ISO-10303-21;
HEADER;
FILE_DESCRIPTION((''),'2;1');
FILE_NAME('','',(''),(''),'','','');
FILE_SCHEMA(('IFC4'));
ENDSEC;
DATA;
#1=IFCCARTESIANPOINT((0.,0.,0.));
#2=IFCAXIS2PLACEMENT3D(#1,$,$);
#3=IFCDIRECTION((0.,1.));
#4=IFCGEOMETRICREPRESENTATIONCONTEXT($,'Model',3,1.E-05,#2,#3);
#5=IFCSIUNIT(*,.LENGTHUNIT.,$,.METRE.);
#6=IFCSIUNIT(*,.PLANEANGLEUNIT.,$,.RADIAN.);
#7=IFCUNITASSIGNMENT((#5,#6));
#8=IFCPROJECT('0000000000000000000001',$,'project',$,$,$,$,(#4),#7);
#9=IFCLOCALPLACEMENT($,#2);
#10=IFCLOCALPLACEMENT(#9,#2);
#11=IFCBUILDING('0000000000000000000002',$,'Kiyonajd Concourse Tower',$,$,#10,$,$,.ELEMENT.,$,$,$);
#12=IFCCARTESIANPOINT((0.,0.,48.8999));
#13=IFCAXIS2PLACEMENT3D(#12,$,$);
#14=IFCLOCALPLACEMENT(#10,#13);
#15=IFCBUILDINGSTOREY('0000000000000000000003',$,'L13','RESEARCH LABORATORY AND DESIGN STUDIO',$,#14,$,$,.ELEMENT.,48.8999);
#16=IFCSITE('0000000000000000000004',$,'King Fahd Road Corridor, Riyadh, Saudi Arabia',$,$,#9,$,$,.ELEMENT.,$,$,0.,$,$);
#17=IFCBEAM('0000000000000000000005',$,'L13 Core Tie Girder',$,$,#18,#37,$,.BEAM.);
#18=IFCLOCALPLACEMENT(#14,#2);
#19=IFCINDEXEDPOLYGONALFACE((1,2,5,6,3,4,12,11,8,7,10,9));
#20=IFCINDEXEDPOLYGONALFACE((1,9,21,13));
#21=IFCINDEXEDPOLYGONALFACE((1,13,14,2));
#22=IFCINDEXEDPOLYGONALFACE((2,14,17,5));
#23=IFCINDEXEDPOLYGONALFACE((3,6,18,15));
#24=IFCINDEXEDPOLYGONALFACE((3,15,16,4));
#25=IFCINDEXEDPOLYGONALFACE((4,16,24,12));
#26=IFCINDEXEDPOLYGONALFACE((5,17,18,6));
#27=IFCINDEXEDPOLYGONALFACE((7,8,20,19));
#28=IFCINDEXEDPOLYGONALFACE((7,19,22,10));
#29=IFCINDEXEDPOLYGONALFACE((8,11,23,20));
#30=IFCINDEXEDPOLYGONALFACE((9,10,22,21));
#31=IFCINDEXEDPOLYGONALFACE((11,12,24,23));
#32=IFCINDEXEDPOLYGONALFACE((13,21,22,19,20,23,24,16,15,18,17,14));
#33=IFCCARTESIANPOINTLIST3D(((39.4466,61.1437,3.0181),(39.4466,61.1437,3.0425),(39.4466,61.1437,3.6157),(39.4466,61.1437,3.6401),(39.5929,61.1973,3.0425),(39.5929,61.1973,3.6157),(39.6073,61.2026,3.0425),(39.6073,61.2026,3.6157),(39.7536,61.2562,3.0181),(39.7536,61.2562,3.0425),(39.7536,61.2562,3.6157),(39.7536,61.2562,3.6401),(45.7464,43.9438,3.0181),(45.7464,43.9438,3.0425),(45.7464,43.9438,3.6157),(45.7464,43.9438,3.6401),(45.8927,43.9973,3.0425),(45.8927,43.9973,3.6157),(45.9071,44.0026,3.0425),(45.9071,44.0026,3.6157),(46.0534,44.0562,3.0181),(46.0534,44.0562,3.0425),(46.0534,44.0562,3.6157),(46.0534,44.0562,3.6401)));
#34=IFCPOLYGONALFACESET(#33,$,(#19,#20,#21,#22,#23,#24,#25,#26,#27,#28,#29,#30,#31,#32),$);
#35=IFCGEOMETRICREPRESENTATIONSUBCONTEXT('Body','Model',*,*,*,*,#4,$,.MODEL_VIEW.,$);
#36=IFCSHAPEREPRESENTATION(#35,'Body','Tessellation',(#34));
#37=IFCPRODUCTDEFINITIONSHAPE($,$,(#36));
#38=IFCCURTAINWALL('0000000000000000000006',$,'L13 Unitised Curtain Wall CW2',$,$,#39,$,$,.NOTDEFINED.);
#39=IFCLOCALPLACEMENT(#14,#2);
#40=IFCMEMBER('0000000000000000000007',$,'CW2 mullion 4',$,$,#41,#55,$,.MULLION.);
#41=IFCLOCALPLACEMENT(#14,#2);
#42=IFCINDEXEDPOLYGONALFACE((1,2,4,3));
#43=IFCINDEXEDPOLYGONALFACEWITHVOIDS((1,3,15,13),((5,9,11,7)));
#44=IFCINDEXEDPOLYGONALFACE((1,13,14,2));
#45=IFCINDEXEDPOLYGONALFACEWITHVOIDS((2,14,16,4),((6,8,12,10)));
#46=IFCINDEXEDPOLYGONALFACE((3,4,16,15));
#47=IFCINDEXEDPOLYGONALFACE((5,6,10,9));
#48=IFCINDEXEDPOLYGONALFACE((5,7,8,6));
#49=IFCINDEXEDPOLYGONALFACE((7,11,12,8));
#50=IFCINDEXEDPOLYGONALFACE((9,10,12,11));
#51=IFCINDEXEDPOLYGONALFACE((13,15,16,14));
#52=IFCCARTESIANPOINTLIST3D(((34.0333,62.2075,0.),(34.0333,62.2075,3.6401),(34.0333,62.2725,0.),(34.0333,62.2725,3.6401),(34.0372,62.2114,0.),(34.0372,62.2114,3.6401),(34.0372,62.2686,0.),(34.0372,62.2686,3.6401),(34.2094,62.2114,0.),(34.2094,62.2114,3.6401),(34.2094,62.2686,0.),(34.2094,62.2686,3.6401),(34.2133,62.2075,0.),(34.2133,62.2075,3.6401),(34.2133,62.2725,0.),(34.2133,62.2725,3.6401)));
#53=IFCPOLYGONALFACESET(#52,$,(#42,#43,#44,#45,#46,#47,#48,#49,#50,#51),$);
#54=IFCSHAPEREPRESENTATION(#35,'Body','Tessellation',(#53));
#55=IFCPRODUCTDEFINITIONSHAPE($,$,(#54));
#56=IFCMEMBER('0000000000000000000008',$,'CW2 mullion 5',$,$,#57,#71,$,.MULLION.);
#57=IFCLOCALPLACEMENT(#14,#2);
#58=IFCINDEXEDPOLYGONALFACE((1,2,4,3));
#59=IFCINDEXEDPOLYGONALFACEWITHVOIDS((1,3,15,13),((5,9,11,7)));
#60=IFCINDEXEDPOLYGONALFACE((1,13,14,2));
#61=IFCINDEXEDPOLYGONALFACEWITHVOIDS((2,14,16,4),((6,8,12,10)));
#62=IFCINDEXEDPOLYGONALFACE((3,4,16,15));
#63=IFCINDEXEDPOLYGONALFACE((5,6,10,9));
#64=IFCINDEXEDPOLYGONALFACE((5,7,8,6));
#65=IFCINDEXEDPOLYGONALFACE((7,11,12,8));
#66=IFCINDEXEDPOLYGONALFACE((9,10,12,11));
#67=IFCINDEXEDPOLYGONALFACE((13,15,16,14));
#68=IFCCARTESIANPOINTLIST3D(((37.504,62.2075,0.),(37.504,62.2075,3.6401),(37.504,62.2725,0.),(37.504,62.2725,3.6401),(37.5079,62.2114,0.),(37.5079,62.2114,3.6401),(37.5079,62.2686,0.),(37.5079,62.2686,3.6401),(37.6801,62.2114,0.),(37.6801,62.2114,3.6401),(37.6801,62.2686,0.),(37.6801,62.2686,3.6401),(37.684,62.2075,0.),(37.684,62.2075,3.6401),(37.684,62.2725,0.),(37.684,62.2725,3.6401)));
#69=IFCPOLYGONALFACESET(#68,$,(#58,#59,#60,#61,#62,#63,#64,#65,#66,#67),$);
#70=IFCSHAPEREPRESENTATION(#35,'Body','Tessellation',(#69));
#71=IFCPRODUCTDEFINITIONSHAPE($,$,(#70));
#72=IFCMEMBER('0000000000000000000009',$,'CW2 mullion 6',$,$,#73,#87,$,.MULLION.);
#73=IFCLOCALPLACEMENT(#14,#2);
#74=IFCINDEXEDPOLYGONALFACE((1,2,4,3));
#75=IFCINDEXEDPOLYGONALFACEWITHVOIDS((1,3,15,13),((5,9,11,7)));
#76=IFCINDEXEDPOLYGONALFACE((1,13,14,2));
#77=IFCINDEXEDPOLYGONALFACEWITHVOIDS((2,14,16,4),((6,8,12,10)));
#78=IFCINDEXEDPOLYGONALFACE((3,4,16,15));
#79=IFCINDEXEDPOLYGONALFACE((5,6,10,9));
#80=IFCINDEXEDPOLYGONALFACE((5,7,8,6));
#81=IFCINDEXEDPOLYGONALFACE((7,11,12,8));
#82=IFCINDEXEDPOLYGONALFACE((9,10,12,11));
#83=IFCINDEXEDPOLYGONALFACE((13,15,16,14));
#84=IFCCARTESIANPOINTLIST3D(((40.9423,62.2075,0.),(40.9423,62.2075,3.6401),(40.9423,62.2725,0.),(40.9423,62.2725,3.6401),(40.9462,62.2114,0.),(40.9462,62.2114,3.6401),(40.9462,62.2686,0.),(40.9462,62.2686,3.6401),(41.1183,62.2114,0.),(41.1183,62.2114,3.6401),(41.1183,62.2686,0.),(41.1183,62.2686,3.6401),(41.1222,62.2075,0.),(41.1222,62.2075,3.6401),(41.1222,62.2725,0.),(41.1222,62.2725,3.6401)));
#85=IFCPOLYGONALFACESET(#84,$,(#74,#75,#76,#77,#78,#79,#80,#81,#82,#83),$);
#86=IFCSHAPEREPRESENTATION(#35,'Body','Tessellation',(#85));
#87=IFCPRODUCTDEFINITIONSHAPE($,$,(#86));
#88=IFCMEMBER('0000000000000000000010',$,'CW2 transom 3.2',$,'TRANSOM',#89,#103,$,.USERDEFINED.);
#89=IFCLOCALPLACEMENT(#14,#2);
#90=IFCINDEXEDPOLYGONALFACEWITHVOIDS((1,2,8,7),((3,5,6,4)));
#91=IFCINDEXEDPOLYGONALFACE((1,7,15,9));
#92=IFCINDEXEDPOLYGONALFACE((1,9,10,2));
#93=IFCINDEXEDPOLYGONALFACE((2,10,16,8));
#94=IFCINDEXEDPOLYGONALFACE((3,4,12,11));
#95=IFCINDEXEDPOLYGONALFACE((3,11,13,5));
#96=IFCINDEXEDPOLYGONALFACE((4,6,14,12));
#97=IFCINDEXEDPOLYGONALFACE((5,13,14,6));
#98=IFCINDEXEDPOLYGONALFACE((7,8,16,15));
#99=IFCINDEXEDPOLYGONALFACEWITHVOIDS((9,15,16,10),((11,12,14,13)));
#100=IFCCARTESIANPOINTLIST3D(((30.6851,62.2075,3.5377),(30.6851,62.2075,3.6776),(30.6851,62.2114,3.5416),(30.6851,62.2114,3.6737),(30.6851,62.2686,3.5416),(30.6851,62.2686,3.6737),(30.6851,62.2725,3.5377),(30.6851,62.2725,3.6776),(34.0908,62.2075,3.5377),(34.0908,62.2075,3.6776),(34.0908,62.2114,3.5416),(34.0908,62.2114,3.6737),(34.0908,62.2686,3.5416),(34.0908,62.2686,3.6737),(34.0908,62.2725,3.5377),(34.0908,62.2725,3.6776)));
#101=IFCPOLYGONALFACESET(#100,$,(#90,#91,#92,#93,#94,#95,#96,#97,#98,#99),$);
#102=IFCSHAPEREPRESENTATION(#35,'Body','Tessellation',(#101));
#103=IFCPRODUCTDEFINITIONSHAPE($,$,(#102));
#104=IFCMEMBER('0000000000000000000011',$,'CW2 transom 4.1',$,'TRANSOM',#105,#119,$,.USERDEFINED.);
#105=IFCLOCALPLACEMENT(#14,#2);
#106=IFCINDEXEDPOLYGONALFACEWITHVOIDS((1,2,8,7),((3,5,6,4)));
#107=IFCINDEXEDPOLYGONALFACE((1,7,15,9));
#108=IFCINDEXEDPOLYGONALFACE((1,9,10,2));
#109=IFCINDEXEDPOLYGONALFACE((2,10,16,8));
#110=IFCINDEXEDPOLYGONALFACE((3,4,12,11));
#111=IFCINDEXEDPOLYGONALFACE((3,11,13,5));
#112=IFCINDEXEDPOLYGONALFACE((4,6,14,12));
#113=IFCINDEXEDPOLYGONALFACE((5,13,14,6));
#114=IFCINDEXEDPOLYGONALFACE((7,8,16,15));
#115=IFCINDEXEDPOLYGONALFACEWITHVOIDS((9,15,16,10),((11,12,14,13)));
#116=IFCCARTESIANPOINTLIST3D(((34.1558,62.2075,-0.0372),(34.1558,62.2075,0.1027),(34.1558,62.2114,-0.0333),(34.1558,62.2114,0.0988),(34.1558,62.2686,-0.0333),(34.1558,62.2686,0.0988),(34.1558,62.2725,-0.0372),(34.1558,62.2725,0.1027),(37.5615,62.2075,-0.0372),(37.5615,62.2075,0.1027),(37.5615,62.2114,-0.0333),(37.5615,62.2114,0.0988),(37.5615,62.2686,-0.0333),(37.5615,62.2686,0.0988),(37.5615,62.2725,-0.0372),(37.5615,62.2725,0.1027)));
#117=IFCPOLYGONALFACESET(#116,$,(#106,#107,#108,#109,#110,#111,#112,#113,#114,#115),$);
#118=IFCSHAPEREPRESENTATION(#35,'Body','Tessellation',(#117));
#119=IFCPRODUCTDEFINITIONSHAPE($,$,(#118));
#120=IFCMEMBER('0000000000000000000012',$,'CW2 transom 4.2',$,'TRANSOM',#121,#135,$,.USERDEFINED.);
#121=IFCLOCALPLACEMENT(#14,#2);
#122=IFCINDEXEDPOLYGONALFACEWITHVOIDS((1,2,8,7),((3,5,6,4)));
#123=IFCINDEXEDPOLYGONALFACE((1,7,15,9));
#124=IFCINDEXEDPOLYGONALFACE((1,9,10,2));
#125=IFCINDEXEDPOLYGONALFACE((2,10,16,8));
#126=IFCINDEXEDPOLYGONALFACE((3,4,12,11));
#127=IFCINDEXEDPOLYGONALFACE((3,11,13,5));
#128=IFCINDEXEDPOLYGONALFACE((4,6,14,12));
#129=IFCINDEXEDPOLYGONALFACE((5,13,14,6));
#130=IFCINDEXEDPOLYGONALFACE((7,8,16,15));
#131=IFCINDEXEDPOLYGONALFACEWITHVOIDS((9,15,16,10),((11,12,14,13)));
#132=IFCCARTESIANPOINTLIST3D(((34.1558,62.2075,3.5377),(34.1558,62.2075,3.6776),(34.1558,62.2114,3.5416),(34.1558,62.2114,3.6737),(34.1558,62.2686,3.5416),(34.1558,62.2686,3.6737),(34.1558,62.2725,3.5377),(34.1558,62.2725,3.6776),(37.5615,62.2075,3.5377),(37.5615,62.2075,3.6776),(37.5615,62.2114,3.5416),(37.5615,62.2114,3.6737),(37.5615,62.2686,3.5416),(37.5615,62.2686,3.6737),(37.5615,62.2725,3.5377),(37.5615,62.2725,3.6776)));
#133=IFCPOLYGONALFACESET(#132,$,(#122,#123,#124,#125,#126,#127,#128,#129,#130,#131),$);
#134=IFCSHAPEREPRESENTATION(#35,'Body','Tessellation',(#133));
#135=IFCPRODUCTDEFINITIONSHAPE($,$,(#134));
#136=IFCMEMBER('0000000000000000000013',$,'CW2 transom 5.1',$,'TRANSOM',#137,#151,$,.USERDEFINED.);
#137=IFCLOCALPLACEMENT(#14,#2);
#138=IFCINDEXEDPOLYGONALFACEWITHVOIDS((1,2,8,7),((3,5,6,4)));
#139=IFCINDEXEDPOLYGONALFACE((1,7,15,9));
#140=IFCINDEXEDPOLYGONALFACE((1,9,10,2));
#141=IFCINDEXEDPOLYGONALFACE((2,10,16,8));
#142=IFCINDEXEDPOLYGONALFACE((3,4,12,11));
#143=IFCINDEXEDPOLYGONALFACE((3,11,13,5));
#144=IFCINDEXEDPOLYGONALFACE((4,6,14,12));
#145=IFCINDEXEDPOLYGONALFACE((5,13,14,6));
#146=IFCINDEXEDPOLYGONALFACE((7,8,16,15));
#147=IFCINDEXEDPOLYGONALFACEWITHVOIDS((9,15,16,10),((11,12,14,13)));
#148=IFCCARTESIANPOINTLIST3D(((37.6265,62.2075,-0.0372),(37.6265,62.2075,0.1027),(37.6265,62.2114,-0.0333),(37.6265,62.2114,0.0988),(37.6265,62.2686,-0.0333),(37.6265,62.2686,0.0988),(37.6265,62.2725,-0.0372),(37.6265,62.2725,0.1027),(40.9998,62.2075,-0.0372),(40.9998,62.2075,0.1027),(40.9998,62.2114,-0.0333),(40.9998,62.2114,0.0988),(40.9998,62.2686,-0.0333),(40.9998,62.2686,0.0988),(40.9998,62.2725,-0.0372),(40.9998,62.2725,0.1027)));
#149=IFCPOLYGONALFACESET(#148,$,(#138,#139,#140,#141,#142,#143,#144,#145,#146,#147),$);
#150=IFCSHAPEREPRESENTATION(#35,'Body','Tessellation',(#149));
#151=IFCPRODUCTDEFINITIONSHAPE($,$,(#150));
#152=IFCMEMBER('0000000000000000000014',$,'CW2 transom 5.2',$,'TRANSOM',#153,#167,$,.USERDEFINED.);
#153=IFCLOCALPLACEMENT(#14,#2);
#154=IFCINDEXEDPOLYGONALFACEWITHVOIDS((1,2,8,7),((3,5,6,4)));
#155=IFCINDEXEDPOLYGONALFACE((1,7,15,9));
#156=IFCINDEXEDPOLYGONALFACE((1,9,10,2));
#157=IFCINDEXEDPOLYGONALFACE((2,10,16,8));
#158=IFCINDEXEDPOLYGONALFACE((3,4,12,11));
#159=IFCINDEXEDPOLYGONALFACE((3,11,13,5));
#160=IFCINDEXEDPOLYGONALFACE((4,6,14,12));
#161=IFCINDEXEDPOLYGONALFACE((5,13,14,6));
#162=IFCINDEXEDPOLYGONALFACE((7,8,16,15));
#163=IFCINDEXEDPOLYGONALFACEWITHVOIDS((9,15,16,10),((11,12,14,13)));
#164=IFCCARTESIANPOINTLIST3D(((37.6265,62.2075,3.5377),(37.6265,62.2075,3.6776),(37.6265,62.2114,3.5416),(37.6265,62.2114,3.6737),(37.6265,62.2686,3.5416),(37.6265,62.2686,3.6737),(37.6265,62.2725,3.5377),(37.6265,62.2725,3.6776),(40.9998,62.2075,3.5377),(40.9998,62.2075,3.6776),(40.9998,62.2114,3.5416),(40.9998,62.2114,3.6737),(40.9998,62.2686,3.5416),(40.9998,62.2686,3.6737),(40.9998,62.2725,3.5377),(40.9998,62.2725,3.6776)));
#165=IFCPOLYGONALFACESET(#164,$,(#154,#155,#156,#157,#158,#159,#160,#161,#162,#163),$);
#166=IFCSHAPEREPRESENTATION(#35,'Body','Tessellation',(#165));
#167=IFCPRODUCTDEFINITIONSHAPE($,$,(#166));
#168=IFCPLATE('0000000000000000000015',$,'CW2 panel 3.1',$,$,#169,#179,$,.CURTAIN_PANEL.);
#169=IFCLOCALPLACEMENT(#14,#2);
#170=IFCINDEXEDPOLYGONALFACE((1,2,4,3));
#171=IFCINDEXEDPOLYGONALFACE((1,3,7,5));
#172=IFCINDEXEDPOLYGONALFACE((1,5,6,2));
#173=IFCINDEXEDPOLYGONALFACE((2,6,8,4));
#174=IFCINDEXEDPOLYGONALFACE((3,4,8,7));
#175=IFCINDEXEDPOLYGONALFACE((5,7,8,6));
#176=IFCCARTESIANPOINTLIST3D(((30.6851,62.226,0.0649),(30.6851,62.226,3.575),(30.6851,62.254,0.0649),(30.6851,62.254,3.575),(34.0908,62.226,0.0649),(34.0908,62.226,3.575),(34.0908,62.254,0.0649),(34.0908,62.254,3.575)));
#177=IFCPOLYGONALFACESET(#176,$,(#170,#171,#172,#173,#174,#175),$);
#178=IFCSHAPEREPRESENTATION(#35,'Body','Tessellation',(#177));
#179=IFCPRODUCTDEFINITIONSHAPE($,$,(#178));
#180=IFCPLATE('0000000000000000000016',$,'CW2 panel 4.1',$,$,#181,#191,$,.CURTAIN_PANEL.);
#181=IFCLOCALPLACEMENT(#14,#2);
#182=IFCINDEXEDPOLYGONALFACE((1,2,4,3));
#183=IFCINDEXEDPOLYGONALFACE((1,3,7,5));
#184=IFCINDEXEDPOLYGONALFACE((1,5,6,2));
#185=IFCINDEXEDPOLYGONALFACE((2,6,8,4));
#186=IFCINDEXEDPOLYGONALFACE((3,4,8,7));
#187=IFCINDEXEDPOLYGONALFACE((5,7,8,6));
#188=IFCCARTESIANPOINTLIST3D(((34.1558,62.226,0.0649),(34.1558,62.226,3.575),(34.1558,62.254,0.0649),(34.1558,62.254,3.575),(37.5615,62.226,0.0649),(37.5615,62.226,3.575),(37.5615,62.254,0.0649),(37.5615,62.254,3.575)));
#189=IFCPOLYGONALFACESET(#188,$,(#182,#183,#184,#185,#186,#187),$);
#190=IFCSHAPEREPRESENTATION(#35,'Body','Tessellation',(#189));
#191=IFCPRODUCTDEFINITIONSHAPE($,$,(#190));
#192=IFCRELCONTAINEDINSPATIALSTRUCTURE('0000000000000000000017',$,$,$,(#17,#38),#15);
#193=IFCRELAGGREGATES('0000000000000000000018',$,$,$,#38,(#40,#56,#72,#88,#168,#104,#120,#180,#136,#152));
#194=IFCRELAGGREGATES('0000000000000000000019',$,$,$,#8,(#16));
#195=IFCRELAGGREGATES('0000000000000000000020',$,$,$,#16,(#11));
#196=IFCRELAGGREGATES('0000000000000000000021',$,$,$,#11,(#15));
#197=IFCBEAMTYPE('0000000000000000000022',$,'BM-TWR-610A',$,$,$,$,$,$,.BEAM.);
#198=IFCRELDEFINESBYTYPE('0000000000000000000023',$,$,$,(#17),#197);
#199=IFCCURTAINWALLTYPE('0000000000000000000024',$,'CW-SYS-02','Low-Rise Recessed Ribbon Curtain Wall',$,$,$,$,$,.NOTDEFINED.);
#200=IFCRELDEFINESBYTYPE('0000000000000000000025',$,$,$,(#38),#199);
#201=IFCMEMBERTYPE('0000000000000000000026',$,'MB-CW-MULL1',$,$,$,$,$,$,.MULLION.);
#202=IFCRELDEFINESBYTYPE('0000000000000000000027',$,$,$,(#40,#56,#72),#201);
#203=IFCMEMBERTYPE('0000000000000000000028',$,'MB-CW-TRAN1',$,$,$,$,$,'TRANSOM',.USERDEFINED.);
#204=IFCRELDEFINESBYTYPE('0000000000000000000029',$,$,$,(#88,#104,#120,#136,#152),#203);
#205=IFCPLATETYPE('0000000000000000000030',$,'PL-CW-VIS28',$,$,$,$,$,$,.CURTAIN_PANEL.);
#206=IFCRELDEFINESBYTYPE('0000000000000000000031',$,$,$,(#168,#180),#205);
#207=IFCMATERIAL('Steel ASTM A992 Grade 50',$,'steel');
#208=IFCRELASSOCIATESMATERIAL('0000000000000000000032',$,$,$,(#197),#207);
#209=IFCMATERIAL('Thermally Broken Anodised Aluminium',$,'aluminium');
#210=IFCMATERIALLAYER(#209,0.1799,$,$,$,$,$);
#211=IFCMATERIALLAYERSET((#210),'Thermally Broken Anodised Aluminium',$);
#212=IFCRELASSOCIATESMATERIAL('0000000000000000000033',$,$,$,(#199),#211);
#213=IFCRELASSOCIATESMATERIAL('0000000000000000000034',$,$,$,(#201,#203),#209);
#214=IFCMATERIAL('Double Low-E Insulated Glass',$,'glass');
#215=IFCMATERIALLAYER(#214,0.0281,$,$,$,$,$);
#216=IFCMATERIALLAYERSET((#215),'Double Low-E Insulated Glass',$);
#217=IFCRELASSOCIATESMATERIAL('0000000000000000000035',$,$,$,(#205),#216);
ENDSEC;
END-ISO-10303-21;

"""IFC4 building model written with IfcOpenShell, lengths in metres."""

from ifc_helpers import new_model, si_unit, direction, frame, origin, origin_2d, place, context, subcontext, project, spatial, rectangle, hollow_rectangle, i_section, extrude, material, layer, layer_set, material_profile, profile_set, type_object, element, aggregate, save


model = new_model("IFC4")

# Units and contexts
model_context = context("Model", 3, precision=1e-05, world=origin(), true_north=direction((0.0, 1.0)))
body_context = subcontext(model_context, "Body", "Model", "MODEL_VIEW")
ifc_project = project(units=[si_unit("LENGTHUNIT", "METRE"), si_unit("PLANEANGLEUNIT", "RADIAN")], contexts=[model_context])

# Site, building, storey
site_placement = place(None, origin())
site = spatial("IfcSite", under=ifc_project, at=site_placement, Name="King Fahd Road Corridor, Riyadh, Saudi Arabia", CompositionType="ELEMENT", RefElevation=0.0)
building_placement = place(site_placement, origin())
building = spatial("IfcBuilding", under=site, at=building_placement, Name="Kiyonajd Concourse Tower", CompositionType="ELEMENT")
storey_placement = place(building_placement, frame((0.0, 0.0, 48.8999)))
storey = spatial("IfcBuildingStorey", under=building, at=storey_placement, Name="L13", Description="RESEARCH LABORATORY AND DESIGN STUDIO", CompositionType="ELEMENT", Elevation=48.8999)

# Beam
ifc_material_1 = material(Name="Steel ASTM A992 Grade 50", Category="steel")
ifc_material_profile_1 = material_profile(ifc_material_1, i_section(OverallWidth=0.3269, OverallDepth=0.6221, WebThickness=0.0154, FlangeThickness=0.0244, at=origin_2d()), Name="W610X195")
ifc_profile_set_1 = profile_set([ifc_material_profile_1], Name="Steel ASTM A992 Grade 50")
beam_type_1 = type_object("IfcBeamType", Name="BM-TWR-610A", PredefinedType="BEAM", material=ifc_profile_set_1)
beam_1_placement = place(storey_placement, frame((39.6001, 61.2, 3.3291), z_axis=(0.343925, -0.938997, 0.0), x_axis=(0.938997, 0.343925, 0.0)))
element("IfcBeam", 1, at=beam_1_placement, inside=storey, type_object=beam_type_1, Name="L13 Core Tie Girder", PredefinedType="BEAM", context=body_context, shape_type="SweptSolid", body=[
    extrude(i_section(OverallWidth=0.3269, OverallDepth=0.6221, WebThickness=0.0154, FlangeThickness=0.0244, at=origin_2d()), origin(), (0.0, 0.0, 1.0), 18.3174),
])

# Curtain wall, members, plates
ifc_material_2 = material(Name="Thermally Broken Anodised Aluminium", Category="aluminium")
ifc_layer_1 = layer(ifc_material_2, 0.1799)
ifc_layer_set_1 = layer_set([ifc_layer_1], Name="Thermally Broken Anodised Aluminium")
curtain_wall_type = type_object("IfcCurtainWallType", Name="CW-SYS-02", Description="Low-Rise Recessed Ribbon Curtain Wall", PredefinedType="NOTDEFINED", material=ifc_layer_set_1)
curtain_wall_placement = place(storey_placement, origin())
curtain_wall = element("IfcCurtainWall", 2, at=curtain_wall_placement, inside=storey, type_object=curtain_wall_type, Name="L13 Unitised Curtain Wall CW2", PredefinedType="NOTDEFINED")
ifc_material_profile_2 = material_profile(ifc_material_2, hollow_rectangle(XDim=0.0649, YDim=0.1799, WallThickness=0.0039, at=origin_2d()), Name="MULL-65x180")
ifc_profile_set_2 = profile_set([ifc_material_profile_2], Name="Thermally Broken Anodised Aluminium")
member_type_1 = type_object("IfcMemberType", Name="MB-CW-MULL1", PredefinedType="MULLION", material=ifc_profile_set_2)
member_1_placement = place(storey_placement, frame((34.1233, 62.24, 0.0), z_axis=(0.0, 0.0, 1.0), x_axis=(0.0, 1.0, 0.0)))
member_1 = element("IfcMember", 3, at=member_1_placement, type_object=member_type_1, Name="CW2 mullion 4", PredefinedType="MULLION", context=body_context, shape_type="SweptSolid", body=[
    extrude(hollow_rectangle(XDim=0.0649, YDim=0.1799, WallThickness=0.0039, at=origin_2d()), origin(), (0.0, 0.0, 1.0), 3.6401),
])
member_2_placement = place(storey_placement, frame((37.594, 62.24, 0.0), z_axis=(0.0, 0.0, 1.0), x_axis=(0.0, 1.0, 0.0)))
member_2 = element("IfcMember", 4, at=member_2_placement, type_object=member_type_1, Name="CW2 mullion 5", PredefinedType="MULLION", context=body_context, shape_type="SweptSolid", body=[
    extrude(hollow_rectangle(XDim=0.0649, YDim=0.1799, WallThickness=0.0039, at=origin_2d()), origin(), (0.0, 0.0, 1.0), 3.6401),
])
member_3_placement = place(storey_placement, frame((41.0322, 62.24, 0.0), z_axis=(0.0, 0.0, 1.0), x_axis=(0.0, 1.0, 0.0)))
member_3 = element("IfcMember", 5, at=member_3_placement, type_object=member_type_1, Name="CW2 mullion 6", PredefinedType="MULLION", context=body_context, shape_type="SweptSolid", body=[
    extrude(hollow_rectangle(XDim=0.0649, YDim=0.1799, WallThickness=0.0039, at=origin_2d()), origin(), (0.0, 0.0, 1.0), 3.6401),
])
ifc_material_profile_3 = material_profile(ifc_material_2, hollow_rectangle(XDim=0.0649, YDim=0.1399, WallThickness=0.0039, at=origin_2d()), Name="TRAN-65x140")
ifc_profile_set_3 = profile_set([ifc_material_profile_3], Name="Thermally Broken Anodised Aluminium")
member_type_2 = type_object("IfcMemberType", Name="MB-CW-TRAN1", ElementType="TRANSOM", PredefinedType="USERDEFINED", material=ifc_profile_set_3)
member_4_placement = place(storey_placement, frame((30.6851, 62.24, 3.6077), z_axis=(1.0, 0.0, 0.0), x_axis=(0.0, 1.0, 0.0)))
member_4 = element("IfcMember", 6, at=member_4_placement, type_object=member_type_2, Name="CW2 transom 3.2", ObjectType="TRANSOM", PredefinedType="USERDEFINED", context=body_context, shape_type="SweptSolid", body=[
    extrude(hollow_rectangle(XDim=0.0649, YDim=0.1399, WallThickness=0.0039, at=origin_2d()), origin(), (0.0, 0.0, 1.0), 3.4058),
])
member_5_placement = place(storey_placement, frame((34.1558, 62.24, 0.0327), z_axis=(1.0, 0.0, 0.0), x_axis=(0.0, 1.0, 0.0)))
member_5 = element("IfcMember", 7, at=member_5_placement, type_object=member_type_2, Name="CW2 transom 4.1", ObjectType="TRANSOM", PredefinedType="USERDEFINED", context=body_context, shape_type="SweptSolid", body=[
    extrude(hollow_rectangle(XDim=0.0649, YDim=0.1399, WallThickness=0.0039, at=origin_2d()), origin(), (0.0, 0.0, 1.0), 3.4058),
])
member_6_placement = place(storey_placement, frame((34.1558, 62.24, 3.6077), z_axis=(1.0, 0.0, 0.0), x_axis=(0.0, 1.0, 0.0)))
member_6 = element("IfcMember", 8, at=member_6_placement, type_object=member_type_2, Name="CW2 transom 4.2", ObjectType="TRANSOM", PredefinedType="USERDEFINED", context=body_context, shape_type="SweptSolid", body=[
    extrude(hollow_rectangle(XDim=0.0649, YDim=0.1399, WallThickness=0.0039, at=origin_2d()), origin(), (0.0, 0.0, 1.0), 3.4058),
])
member_7_placement = place(storey_placement, frame((37.6265, 62.24, 0.0327), z_axis=(1.0, 0.0, 0.0), x_axis=(0.0, 1.0, 0.0)))
member_7 = element("IfcMember", 9, at=member_7_placement, type_object=member_type_2, Name="CW2 transom 5.1", ObjectType="TRANSOM", PredefinedType="USERDEFINED", context=body_context, shape_type="SweptSolid", body=[
    extrude(hollow_rectangle(XDim=0.0649, YDim=0.1399, WallThickness=0.0039, at=origin_2d()), origin(), (0.0, 0.0, 1.0), 3.3733),
])
member_8_placement = place(storey_placement, frame((37.6265, 62.24, 3.6077), z_axis=(1.0, 0.0, 0.0), x_axis=(0.0, 1.0, 0.0)))
member_8 = element("IfcMember", 10, at=member_8_placement, type_object=member_type_2, Name="CW2 transom 5.2", ObjectType="TRANSOM", PredefinedType="USERDEFINED", context=body_context, shape_type="SweptSolid", body=[
    extrude(hollow_rectangle(XDim=0.0649, YDim=0.1399, WallThickness=0.0039, at=origin_2d()), origin(), (0.0, 0.0, 1.0), 3.3733),
])
ifc_material_3 = material(Name="Double Low-E Insulated Glass", Category="glass")
ifc_layer_2 = layer(ifc_material_3, 0.0281)
ifc_layer_set_2 = layer_set([ifc_layer_2], Name="Double Low-E Insulated Glass")
plate_type_1 = type_object("IfcPlateType", Name="PL-CW-VIS28", PredefinedType="CURTAIN_PANEL", material=ifc_layer_set_2)
plate_1_placement = place(storey_placement, frame((32.3879, 62.24, 0.0649), z_axis=(0.0, 0.0, 1.0), x_axis=(1.0, 0.0, 0.0)))
plate_1 = element("IfcPlate", 11, at=plate_1_placement, type_object=plate_type_1, Name="CW2 panel 3.1", PredefinedType="CURTAIN_PANEL", context=body_context, shape_type="SweptSolid", body=[
    extrude(rectangle(XDim=3.4058, YDim=0.0281, at=origin_2d()), origin(), (0.0, 0.0, 1.0), 3.51),
])
plate_2_placement = place(storey_placement, frame((35.8586, 62.24, 0.0649), z_axis=(0.0, 0.0, 1.0), x_axis=(1.0, 0.0, 0.0)))
plate_2 = element("IfcPlate", 12, at=plate_2_placement, type_object=plate_type_1, Name="CW2 panel 4.1", PredefinedType="CURTAIN_PANEL", context=body_context, shape_type="SweptSolid", body=[
    extrude(rectangle(XDim=3.4058, YDim=0.0281, at=origin_2d()), origin(), (0.0, 0.0, 1.0), 3.51),
])
aggregate(curtain_wall, [member_1, member_2, member_3, member_4, plate_1, member_5, member_6, plate_2, member_7, member_8])

save(model, "model.ifc")
